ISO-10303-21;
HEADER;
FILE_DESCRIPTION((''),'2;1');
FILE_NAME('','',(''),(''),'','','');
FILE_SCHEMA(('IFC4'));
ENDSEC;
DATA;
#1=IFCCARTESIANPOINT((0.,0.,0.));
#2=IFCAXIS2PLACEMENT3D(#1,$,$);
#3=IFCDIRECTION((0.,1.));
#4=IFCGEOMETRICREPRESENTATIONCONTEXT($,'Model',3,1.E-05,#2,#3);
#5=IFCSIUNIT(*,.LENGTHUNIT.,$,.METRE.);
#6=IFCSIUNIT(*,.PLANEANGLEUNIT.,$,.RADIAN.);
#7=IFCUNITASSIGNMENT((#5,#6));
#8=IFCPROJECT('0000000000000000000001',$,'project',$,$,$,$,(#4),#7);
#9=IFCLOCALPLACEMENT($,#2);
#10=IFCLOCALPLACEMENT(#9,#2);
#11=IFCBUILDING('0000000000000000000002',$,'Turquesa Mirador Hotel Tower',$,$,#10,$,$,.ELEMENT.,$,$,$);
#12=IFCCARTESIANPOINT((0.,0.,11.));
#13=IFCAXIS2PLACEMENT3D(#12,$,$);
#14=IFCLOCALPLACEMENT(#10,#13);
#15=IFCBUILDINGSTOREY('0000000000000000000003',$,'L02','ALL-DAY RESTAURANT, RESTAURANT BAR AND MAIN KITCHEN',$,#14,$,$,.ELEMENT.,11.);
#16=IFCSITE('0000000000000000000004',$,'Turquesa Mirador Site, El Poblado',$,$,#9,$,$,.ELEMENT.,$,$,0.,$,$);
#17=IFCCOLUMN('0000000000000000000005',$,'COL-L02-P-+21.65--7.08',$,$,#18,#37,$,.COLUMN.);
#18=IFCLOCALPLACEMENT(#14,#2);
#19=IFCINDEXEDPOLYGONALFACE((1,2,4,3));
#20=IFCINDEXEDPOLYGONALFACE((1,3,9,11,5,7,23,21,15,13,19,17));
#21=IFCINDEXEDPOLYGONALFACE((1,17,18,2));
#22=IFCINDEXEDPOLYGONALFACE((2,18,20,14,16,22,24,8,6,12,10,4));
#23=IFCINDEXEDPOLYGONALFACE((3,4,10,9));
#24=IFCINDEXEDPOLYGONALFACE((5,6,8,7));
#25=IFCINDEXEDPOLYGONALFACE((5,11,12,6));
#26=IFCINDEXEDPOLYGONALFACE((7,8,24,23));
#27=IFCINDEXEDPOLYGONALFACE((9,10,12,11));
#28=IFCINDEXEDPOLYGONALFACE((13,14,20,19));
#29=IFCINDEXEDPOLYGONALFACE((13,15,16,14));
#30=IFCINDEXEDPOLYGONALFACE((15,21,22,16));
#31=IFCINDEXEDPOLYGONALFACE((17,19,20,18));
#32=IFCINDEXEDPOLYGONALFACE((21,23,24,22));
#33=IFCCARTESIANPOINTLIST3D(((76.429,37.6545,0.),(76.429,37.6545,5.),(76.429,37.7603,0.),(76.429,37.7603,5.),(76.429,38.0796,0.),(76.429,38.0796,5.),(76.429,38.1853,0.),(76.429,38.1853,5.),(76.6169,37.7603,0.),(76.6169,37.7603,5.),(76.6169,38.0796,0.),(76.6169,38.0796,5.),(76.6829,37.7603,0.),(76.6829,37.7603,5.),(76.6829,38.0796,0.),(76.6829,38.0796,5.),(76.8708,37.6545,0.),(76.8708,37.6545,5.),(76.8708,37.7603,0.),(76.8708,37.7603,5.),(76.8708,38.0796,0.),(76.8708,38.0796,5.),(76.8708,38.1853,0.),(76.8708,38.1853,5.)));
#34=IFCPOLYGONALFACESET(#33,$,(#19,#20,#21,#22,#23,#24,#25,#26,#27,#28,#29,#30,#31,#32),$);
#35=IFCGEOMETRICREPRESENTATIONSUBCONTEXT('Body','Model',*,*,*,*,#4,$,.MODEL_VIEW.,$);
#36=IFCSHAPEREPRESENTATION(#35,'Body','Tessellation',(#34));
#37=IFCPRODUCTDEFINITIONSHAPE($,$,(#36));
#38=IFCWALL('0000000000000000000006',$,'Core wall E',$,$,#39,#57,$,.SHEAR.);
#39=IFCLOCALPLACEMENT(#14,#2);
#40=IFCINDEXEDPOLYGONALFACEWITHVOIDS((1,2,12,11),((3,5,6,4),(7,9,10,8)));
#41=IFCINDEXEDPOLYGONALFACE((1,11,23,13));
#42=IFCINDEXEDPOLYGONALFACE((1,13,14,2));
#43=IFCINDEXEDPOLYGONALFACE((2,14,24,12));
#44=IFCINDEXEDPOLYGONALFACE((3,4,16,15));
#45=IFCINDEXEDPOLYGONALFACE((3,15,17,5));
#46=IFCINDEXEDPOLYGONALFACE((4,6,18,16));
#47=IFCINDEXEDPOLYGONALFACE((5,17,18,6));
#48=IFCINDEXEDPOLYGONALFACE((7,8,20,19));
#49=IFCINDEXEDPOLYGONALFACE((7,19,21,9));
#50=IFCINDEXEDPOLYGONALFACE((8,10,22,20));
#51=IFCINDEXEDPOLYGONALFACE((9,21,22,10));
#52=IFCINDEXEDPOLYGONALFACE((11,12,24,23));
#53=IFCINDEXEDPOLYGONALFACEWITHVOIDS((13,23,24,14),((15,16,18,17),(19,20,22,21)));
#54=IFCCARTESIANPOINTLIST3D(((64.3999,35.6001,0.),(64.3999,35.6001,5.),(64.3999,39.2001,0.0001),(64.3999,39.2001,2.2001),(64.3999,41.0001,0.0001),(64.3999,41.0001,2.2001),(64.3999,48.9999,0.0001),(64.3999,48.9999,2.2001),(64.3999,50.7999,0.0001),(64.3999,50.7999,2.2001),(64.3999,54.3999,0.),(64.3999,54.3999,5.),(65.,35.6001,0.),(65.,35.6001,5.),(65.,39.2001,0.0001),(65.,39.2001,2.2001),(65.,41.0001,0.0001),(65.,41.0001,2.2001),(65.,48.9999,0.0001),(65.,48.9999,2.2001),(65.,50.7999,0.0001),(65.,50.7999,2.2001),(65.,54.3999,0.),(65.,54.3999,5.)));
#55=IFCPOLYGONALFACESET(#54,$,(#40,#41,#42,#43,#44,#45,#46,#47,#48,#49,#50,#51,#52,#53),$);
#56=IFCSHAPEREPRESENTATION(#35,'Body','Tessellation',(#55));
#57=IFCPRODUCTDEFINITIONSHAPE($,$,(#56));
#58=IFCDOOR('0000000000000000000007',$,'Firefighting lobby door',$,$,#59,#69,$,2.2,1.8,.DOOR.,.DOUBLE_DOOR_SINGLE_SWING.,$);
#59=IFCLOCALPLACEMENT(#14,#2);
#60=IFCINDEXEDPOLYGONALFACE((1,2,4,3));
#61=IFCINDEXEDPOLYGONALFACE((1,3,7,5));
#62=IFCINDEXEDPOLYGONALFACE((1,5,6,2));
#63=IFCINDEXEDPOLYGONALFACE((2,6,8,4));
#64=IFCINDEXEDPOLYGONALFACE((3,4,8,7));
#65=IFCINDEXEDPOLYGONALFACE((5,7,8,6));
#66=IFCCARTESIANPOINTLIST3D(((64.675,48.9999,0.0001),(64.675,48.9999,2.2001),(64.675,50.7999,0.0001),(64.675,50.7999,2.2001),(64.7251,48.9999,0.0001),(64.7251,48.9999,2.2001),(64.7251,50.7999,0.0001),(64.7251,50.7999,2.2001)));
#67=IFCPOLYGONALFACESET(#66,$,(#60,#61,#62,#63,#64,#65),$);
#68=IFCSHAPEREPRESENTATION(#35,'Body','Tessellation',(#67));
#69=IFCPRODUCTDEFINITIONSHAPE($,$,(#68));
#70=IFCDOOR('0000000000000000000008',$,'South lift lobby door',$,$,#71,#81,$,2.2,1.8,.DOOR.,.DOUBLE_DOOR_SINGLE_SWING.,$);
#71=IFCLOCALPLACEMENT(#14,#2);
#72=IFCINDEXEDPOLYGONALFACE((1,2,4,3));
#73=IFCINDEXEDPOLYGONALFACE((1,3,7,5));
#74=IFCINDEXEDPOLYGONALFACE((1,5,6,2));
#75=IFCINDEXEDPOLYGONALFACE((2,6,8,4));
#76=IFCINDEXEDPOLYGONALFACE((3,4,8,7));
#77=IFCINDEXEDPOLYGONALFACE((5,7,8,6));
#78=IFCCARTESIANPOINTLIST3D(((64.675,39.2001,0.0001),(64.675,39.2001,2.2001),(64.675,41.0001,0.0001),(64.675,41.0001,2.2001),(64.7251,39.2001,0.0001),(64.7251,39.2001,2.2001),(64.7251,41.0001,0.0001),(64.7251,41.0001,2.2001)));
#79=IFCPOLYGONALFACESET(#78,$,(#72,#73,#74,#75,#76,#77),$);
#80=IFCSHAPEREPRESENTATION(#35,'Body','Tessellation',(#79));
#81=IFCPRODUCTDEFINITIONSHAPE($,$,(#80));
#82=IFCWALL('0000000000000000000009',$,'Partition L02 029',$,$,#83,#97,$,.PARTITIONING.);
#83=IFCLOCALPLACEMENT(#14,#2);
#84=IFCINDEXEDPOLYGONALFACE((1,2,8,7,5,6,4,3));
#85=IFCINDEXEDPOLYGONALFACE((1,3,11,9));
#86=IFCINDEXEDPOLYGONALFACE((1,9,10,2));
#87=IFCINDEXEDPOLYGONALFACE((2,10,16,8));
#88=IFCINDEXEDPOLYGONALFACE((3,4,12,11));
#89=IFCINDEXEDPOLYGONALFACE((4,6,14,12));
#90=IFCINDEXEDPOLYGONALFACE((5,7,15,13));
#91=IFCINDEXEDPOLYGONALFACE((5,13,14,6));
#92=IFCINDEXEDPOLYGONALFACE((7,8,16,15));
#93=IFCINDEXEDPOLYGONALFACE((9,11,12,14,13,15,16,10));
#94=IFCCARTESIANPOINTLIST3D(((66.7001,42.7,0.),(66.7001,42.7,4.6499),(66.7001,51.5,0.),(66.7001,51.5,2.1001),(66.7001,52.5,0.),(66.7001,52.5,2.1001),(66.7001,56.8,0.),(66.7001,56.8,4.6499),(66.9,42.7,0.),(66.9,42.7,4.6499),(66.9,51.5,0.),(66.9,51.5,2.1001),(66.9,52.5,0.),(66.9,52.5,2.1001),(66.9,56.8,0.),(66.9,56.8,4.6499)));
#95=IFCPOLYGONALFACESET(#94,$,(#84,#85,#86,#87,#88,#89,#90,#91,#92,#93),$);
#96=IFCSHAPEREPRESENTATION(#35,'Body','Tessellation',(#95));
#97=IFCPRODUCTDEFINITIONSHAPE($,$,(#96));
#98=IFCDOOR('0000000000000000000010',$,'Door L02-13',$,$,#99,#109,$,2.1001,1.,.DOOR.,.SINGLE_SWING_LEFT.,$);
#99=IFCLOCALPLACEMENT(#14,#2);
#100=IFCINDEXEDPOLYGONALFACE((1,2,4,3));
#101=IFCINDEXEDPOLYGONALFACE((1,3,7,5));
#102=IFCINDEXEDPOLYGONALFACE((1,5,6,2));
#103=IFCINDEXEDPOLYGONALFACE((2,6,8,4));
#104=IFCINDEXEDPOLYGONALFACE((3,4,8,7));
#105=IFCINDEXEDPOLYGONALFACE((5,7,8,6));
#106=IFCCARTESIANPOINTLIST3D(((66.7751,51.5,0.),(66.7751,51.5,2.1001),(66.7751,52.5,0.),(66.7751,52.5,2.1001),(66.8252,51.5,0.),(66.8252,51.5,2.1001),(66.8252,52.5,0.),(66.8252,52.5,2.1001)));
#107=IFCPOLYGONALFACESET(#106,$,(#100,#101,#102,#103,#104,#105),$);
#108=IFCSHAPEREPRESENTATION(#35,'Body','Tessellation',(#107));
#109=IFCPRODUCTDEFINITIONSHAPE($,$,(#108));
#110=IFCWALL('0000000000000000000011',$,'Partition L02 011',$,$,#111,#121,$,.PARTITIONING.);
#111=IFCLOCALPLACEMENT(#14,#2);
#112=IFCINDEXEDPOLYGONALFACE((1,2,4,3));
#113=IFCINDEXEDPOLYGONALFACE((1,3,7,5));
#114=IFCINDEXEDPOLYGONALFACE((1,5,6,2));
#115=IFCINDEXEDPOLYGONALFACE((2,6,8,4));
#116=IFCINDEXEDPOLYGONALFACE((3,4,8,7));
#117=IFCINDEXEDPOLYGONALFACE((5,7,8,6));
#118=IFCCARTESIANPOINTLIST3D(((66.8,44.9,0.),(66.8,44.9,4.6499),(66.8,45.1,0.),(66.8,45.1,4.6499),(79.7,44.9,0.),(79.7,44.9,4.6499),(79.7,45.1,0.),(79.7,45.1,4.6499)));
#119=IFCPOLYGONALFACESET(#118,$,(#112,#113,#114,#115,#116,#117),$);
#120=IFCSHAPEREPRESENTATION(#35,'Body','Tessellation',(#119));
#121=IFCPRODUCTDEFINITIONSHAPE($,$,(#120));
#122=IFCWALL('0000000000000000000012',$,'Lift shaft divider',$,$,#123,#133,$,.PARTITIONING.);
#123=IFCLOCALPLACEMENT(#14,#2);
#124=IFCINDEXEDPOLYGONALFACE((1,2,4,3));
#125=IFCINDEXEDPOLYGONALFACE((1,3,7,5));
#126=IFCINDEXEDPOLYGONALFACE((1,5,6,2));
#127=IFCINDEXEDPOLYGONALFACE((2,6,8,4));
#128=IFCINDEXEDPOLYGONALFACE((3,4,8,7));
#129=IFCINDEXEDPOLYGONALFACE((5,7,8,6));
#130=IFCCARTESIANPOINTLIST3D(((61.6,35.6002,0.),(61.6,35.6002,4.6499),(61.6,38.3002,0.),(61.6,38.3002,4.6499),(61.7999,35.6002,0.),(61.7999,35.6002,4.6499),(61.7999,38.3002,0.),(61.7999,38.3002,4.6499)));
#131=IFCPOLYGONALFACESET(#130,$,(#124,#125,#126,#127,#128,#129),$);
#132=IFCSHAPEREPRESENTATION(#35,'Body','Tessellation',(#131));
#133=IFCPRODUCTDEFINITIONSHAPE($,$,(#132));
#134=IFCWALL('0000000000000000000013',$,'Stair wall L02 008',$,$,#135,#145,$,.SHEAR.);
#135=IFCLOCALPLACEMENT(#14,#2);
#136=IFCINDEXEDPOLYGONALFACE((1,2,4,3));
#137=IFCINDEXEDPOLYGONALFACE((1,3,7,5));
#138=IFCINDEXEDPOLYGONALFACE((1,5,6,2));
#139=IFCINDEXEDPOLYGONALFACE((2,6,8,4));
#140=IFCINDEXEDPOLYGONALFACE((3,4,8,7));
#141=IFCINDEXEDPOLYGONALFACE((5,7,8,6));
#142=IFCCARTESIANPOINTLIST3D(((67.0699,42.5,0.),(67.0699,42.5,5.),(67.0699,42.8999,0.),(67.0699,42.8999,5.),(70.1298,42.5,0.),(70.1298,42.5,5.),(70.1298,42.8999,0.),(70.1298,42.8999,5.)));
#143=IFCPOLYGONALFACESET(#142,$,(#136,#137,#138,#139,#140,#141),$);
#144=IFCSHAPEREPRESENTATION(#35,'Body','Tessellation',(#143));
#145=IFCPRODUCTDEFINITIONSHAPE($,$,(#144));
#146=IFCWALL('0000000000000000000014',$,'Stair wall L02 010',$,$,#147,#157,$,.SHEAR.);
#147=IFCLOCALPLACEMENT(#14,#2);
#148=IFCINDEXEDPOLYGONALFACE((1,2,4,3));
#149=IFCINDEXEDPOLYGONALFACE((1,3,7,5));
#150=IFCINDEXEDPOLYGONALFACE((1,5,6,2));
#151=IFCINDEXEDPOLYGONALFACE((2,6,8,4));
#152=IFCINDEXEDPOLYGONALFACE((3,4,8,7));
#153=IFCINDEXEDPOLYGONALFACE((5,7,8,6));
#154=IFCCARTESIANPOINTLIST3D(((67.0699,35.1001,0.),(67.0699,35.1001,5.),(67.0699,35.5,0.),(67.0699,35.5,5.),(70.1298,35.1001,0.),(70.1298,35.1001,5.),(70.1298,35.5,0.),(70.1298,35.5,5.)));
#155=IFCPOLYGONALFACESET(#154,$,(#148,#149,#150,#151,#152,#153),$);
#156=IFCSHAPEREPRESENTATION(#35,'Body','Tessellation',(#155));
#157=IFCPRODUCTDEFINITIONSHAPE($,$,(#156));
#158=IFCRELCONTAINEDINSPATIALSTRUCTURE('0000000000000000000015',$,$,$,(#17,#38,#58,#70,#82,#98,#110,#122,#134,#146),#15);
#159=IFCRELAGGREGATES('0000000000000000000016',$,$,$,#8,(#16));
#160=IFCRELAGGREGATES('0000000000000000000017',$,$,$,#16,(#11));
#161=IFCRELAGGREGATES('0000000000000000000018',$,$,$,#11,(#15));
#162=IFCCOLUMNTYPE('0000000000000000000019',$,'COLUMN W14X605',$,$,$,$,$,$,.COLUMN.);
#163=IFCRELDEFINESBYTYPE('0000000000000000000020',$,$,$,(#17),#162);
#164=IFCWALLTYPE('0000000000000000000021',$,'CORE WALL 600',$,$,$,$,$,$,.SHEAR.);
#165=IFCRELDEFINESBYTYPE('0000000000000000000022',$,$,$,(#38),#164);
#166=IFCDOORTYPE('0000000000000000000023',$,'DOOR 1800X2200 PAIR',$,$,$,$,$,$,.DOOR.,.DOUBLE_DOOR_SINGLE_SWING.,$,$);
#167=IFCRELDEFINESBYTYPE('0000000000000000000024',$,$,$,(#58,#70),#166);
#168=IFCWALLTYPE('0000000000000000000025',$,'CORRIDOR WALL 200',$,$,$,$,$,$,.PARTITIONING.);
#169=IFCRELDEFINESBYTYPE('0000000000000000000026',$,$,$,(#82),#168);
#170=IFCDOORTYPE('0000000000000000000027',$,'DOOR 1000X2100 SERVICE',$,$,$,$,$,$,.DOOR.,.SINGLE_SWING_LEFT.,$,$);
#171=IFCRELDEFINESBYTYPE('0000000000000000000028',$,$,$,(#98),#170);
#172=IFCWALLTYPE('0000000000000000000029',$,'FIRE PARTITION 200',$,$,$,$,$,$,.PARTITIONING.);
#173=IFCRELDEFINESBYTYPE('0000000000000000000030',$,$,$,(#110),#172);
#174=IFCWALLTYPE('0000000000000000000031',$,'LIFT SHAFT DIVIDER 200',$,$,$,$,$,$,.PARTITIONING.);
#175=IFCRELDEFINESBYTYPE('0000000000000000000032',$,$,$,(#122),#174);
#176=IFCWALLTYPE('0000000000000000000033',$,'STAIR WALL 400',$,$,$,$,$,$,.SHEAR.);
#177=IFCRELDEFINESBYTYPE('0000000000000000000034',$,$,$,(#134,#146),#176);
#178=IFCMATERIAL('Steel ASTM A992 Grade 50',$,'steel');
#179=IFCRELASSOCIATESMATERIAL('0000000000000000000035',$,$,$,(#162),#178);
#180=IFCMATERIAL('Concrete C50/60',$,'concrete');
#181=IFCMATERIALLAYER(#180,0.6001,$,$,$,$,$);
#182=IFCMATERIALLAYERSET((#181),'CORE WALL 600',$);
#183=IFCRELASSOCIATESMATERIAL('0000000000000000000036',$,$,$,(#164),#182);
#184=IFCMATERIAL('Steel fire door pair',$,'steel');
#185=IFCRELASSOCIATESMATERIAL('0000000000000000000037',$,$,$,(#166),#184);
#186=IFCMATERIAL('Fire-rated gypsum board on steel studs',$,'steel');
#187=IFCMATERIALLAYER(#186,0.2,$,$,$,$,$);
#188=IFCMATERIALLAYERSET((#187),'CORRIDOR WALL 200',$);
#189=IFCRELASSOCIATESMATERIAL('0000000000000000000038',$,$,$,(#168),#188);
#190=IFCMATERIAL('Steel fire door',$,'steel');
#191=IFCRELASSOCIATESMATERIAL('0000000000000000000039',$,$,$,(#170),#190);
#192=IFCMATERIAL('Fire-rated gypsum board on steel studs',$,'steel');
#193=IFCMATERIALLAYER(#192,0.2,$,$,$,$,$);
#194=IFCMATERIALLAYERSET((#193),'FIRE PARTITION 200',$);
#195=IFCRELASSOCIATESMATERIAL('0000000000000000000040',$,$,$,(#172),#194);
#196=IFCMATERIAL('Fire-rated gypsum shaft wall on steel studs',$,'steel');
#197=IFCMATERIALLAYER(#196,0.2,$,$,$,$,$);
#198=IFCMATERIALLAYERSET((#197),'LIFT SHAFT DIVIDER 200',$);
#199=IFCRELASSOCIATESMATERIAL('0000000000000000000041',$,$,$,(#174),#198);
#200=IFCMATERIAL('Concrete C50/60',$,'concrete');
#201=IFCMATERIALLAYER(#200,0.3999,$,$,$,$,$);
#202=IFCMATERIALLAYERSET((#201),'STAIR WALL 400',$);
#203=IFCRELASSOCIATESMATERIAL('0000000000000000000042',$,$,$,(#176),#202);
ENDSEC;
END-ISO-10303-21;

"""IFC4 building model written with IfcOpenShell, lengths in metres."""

from ifc_helpers import new_model, si_unit, direction, frame, frame_2d, origin, origin_2d, place, context, subcontext, project, spatial, rectangle, i_section, extrude, material, layer, layer_set, material_profile, profile_set, type_object, element, fill, save


model = new_model("IFC4")

# Units and contexts
model_context = context("Model", 3, precision=1e-05, world=origin(), true_north=direction((0.0, 1.0)))
body_context = subcontext(model_context, "Body", "Model", "MODEL_VIEW")
ifc_project = project(units=[si_unit("LENGTHUNIT", "METRE"), si_unit("PLANEANGLEUNIT", "RADIAN")], contexts=[model_context])

# Site, building, storey
site_placement = place(None, origin())
site = spatial("IfcSite", under=ifc_project, at=site_placement, Name="Turquesa Mirador Site, El Poblado", CompositionType="ELEMENT", RefElevation=0.0)
building_placement = place(site_placement, origin())
building = spatial("IfcBuilding", under=site, at=building_placement, Name="Turquesa Mirador Hotel Tower", CompositionType="ELEMENT")
storey_placement = place(building_placement, frame((0.0, 0.0, 11.0)))
storey = spatial("IfcBuildingStorey", under=building, at=storey_placement, Name="L02", Description="ALL-DAY RESTAURANT, RESTAURANT BAR AND MAIN KITCHEN", CompositionType="ELEMENT", Elevation=11.0)

# Column
ifc_material_1 = material(Name="Steel ASTM A992 Grade 50", Category="steel")
ifc_material_profile = material_profile(ifc_material_1, i_section(OverallWidth=0.4419, OverallDepth=0.5308, WebThickness=0.0659, FlangeThickness=0.1057, at=origin_2d()), Name="W14X605")
ifc_profile_set = profile_set([ifc_material_profile], Name="Steel ASTM A992 Grade 50")
column_type = type_object("IfcColumnType", Name="COLUMN W14X605", PredefinedType="COLUMN", material=ifc_profile_set)
column_placement = place(storey_placement, frame((76.6499, 37.9199, 0.0), z_axis=(0.0, 0.0, 1.0), x_axis=(1.0, 0.0, 0.0)))
element("IfcColumn", 1, at=column_placement, inside=storey, type_object=column_type, Name="COL-L02-P-+21.65--7.08", PredefinedType="COLUMN", context=body_context, shape_type="SweptSolid", body=[
    extrude(i_section(OverallWidth=0.4419, OverallDepth=0.5308, WebThickness=0.0659, FlangeThickness=0.1057, at=origin_2d()), origin(), (0.0, 0.0, 1.0), 5.0),
])

# Wall, openings, doors
ifc_material_2 = material(Name="Concrete C50/60", Category="concrete")
ifc_layer_1 = layer(ifc_material_2, 0.6001)
ifc_layer_set_1 = layer_set([ifc_layer_1], Name="CORE WALL 600")
wall_type_1 = type_object("IfcWallType", Name="CORE WALL 600", PredefinedType="SHEAR", material=ifc_layer_set_1)
wall_1_placement = place(storey_placement, frame((64.7, 35.6001, 0.0), z_axis=(0.0, 0.0, 1.0), x_axis=(0.0, 1.0, 0.0)))
wall_1 = element("IfcWall", 2, at=wall_1_placement, inside=storey, type_object=wall_type_1, Name="Core wall E", PredefinedType="SHEAR", context=body_context, shape_type="SweptSolid", body=[
    extrude(rectangle(XDim=18.7998, YDim=0.6001, at=frame_2d((9.3999, 0.0))), origin(), (0.0, 0.0, 1.0), 5.0),
])
opening_1_placement = place(wall_1_placement, frame((13.3999, 0.0, 0.0)))
opening_1 = element("IfcOpeningElement", 3, at=opening_1_placement, cuts=wall_1, PredefinedType="OPENING", context=body_context, shape_type="SweptSolid", body=[
    extrude(rectangle(XDim=1.8, YDim=2.2, at=frame_2d((0.8999, 1.1001))), frame((0.0, 0.3101, 0.0), z_axis=(0.0, -1.0, 0.0), x_axis=(1.0, 0.0, 0.0)), (0.0, 0.0, 1.0), 0.6201),
])
opening_2_placement = place(wall_1_placement, frame((3.6001, 0.0, 0.0)))
opening_2 = element("IfcOpeningElement", 4, at=opening_2_placement, cuts=wall_1, PredefinedType="OPENING", context=body_context, shape_type="SweptSolid", body=[
    extrude(rectangle(XDim=1.8, YDim=2.2, at=frame_2d((0.8999, 1.1001))), frame((0.0, 0.3101, 0.0), z_axis=(0.0, -1.0, 0.0), x_axis=(1.0, 0.0, 0.0)), (0.0, 0.0, 1.0), 0.6201),
])
ifc_material_3 = material(Name="Steel fire door pair", Category="steel")
door_type_1 = type_object("IfcDoorType", Name="DOOR 1800X2200 PAIR", OperationType="DOUBLE_DOOR_SINGLE_SWING", PredefinedType="DOOR", material=ifc_material_3)
door_1_placement = place(opening_1_placement, origin())
door_1 = element("IfcDoor", 5, at=door_1_placement, inside=storey, type_object=door_type_1, Name="Firefighting lobby door", OperationType="DOUBLE_DOOR_SINGLE_SWING", OverallHeight=2.2, OverallWidth=1.8, PredefinedType="DOOR", context=body_context, shape_type="SweptSolid", body=[
    extrude(rectangle(XDim=1.8, YDim=2.2, at=frame_2d((0.8999, 1.1001))), frame((0.0, 0.0249, 0.0), z_axis=(0.0, -1.0, 0.0), x_axis=(1.0, 0.0, 0.0)), (0.0, 0.0, 1.0), 0.05),
])
fill(opening_1, door_1)
door_2_placement = place(opening_2_placement, origin())
door_2 = element("IfcDoor", 6, at=door_2_placement, inside=storey, type_object=door_type_1, Name="South lift lobby door", OperationType="DOUBLE_DOOR_SINGLE_SWING", OverallHeight=2.2, OverallWidth=1.8, PredefinedType="DOOR", context=body_context, shape_type="SweptSolid", body=[
    extrude(rectangle(XDim=1.8, YDim=2.2, at=frame_2d((0.8999, 1.1001))), frame((0.0, 0.0249, 0.0), z_axis=(0.0, -1.0, 0.0), x_axis=(1.0, 0.0, 0.0)), (0.0, 0.0, 1.0), 0.05),
])
fill(opening_2, door_2)

# Wall, opening, door
ifc_material_4 = material(Name="Fire-rated gypsum board on steel studs", Category="steel")
ifc_layer_2 = layer(ifc_material_4, 0.2)
ifc_layer_set_2 = layer_set([ifc_layer_2], Name="CORRIDOR WALL 200")
wall_type_2 = type_object("IfcWallType", Name="CORRIDOR WALL 200", PredefinedType="PARTITIONING", material=ifc_layer_set_2)
wall_2_placement = place(storey_placement, frame((66.8, 42.7, 0.0), z_axis=(0.0, 0.0, 1.0), x_axis=(0.0, 1.0, 0.0)))
wall_2 = element("IfcWall", 7, at=wall_2_placement, inside=storey, type_object=wall_type_2, Name="Partition L02 029", PredefinedType="PARTITIONING", context=body_context, shape_type="SweptSolid", body=[
    extrude(rectangle(XDim=14.1001, YDim=0.2, at=frame_2d((7.05, 0.0))), origin(), (0.0, 0.0, 1.0), 4.6499),
])
opening_3_placement = place(wall_2_placement, frame((8.8, 0.0, 0.0)))
opening_3 = element("IfcOpeningElement", 8, at=opening_3_placement, cuts=wall_2, PredefinedType="OPENING", context=body_context, shape_type="SweptSolid", body=[
    extrude(rectangle(XDim=1.0, YDim=2.1001, at=frame_2d((0.5, 1.05))), frame((0.0, 0.1099, 0.0), z_axis=(0.0, -1.0, 0.0), x_axis=(1.0, 0.0, 0.0)), (0.0, 0.0, 1.0), 0.22),
])
ifc_material_5 = material(Name="Steel fire door", Category="steel")
door_type_2 = type_object("IfcDoorType", Name="DOOR 1000X2100 SERVICE", OperationType="SINGLE_SWING_LEFT", PredefinedType="DOOR", material=ifc_material_5)
door_3_placement = place(opening_3_placement, origin())
door_3 = element("IfcDoor", 9, at=door_3_placement, inside=storey, type_object=door_type_2, Name="Door L02-13", OperationType="SINGLE_SWING_LEFT", OverallHeight=2.1001, OverallWidth=1.0, PredefinedType="DOOR", context=body_context, shape_type="SweptSolid", body=[
    extrude(rectangle(XDim=1.0, YDim=2.1001, at=frame_2d((0.5, 1.05))), frame((0.0, 0.0249, 0.0), z_axis=(0.0, -1.0, 0.0), x_axis=(1.0, 0.0, 0.0)), (0.0, 0.0, 1.0), 0.05),
])
fill(opening_3, door_3)

# Walls
ifc_material_6 = material(Name="Fire-rated gypsum board on steel studs", Category="steel")
ifc_layer_3 = layer(ifc_material_6, 0.2)
ifc_layer_set_3 = layer_set([ifc_layer_3], Name="FIRE PARTITION 200")
wall_type_3 = type_object("IfcWallType", Name="FIRE PARTITION 200", PredefinedType="PARTITIONING", material=ifc_layer_set_3)
wall_3_placement = place(storey_placement, frame((66.8, 45.0, 0.0), z_axis=(0.0, 0.0, 1.0), x_axis=(1.0, 0.0, 0.0)))
element("IfcWall", 10, at=wall_3_placement, inside=storey, type_object=wall_type_3, Name="Partition L02 011", PredefinedType="PARTITIONING", context=body_context, shape_type="SweptSolid", body=[
    extrude(rectangle(XDim=12.8999, YDim=0.2, at=frame_2d((6.45, 0.0))), origin(), (0.0, 0.0, 1.0), 4.6499),
])
ifc_material_7 = material(Name="Fire-rated gypsum shaft wall on steel studs", Category="steel")
ifc_layer_4 = layer(ifc_material_7, 0.2)
ifc_layer_set_4 = layer_set([ifc_layer_4], Name="LIFT SHAFT DIVIDER 200")
wall_type_4 = type_object("IfcWallType", Name="LIFT SHAFT DIVIDER 200", PredefinedType="PARTITIONING", material=ifc_layer_set_4)
wall_4_placement = place(storey_placement, frame((61.7, 35.6001, 0.0), z_axis=(0.0, 0.0, 1.0), x_axis=(0.0, 1.0, 0.0)))
element("IfcWall", 11, at=wall_4_placement, inside=storey, type_object=wall_type_4, Name="Lift shaft divider", PredefinedType="PARTITIONING", context=body_context, shape_type="SweptSolid", body=[
    extrude(rectangle(XDim=2.7, YDim=0.2, at=frame_2d((1.3501, 0.0))), origin(), (0.0, 0.0, 1.0), 4.6499),
])
ifc_material_8 = material(Name="Concrete C50/60", Category="concrete")
ifc_layer_5 = layer(ifc_material_8, 0.3999)
ifc_layer_set_5 = layer_set([ifc_layer_5], Name="STAIR WALL 400")
wall_type_5 = type_object("IfcWallType", Name="STAIR WALL 400", PredefinedType="SHEAR", material=ifc_layer_set_5)
for number, where, z_axis, x_axis, name in (
    (12, (67.0701, 42.7, 0.0), (0.0, 0.0, 1.0), (1.0, 0.0, 0.0), "Stair wall L02 008"),
    (13, (67.0701, 35.3, 0.0), (0.0, 0.0, 1.0), (1.0, 0.0, 0.0), "Stair wall L02 010"),
):
    element("IfcWall", number, at=place(storey_placement, frame(where, z_axis=z_axis, x_axis=x_axis)), inside=storey, type_object=wall_type_5, Name=name, PredefinedType="SHEAR", context=body_context, shape_type="SweptSolid", body=[
        extrude(rectangle(XDim=3.0598, YDim=0.3999, at=frame_2d((1.5298, 0.0))), origin(), (0.0, 0.0, 1.0), 5.0),
    ])

save(model, "model.ifc")
